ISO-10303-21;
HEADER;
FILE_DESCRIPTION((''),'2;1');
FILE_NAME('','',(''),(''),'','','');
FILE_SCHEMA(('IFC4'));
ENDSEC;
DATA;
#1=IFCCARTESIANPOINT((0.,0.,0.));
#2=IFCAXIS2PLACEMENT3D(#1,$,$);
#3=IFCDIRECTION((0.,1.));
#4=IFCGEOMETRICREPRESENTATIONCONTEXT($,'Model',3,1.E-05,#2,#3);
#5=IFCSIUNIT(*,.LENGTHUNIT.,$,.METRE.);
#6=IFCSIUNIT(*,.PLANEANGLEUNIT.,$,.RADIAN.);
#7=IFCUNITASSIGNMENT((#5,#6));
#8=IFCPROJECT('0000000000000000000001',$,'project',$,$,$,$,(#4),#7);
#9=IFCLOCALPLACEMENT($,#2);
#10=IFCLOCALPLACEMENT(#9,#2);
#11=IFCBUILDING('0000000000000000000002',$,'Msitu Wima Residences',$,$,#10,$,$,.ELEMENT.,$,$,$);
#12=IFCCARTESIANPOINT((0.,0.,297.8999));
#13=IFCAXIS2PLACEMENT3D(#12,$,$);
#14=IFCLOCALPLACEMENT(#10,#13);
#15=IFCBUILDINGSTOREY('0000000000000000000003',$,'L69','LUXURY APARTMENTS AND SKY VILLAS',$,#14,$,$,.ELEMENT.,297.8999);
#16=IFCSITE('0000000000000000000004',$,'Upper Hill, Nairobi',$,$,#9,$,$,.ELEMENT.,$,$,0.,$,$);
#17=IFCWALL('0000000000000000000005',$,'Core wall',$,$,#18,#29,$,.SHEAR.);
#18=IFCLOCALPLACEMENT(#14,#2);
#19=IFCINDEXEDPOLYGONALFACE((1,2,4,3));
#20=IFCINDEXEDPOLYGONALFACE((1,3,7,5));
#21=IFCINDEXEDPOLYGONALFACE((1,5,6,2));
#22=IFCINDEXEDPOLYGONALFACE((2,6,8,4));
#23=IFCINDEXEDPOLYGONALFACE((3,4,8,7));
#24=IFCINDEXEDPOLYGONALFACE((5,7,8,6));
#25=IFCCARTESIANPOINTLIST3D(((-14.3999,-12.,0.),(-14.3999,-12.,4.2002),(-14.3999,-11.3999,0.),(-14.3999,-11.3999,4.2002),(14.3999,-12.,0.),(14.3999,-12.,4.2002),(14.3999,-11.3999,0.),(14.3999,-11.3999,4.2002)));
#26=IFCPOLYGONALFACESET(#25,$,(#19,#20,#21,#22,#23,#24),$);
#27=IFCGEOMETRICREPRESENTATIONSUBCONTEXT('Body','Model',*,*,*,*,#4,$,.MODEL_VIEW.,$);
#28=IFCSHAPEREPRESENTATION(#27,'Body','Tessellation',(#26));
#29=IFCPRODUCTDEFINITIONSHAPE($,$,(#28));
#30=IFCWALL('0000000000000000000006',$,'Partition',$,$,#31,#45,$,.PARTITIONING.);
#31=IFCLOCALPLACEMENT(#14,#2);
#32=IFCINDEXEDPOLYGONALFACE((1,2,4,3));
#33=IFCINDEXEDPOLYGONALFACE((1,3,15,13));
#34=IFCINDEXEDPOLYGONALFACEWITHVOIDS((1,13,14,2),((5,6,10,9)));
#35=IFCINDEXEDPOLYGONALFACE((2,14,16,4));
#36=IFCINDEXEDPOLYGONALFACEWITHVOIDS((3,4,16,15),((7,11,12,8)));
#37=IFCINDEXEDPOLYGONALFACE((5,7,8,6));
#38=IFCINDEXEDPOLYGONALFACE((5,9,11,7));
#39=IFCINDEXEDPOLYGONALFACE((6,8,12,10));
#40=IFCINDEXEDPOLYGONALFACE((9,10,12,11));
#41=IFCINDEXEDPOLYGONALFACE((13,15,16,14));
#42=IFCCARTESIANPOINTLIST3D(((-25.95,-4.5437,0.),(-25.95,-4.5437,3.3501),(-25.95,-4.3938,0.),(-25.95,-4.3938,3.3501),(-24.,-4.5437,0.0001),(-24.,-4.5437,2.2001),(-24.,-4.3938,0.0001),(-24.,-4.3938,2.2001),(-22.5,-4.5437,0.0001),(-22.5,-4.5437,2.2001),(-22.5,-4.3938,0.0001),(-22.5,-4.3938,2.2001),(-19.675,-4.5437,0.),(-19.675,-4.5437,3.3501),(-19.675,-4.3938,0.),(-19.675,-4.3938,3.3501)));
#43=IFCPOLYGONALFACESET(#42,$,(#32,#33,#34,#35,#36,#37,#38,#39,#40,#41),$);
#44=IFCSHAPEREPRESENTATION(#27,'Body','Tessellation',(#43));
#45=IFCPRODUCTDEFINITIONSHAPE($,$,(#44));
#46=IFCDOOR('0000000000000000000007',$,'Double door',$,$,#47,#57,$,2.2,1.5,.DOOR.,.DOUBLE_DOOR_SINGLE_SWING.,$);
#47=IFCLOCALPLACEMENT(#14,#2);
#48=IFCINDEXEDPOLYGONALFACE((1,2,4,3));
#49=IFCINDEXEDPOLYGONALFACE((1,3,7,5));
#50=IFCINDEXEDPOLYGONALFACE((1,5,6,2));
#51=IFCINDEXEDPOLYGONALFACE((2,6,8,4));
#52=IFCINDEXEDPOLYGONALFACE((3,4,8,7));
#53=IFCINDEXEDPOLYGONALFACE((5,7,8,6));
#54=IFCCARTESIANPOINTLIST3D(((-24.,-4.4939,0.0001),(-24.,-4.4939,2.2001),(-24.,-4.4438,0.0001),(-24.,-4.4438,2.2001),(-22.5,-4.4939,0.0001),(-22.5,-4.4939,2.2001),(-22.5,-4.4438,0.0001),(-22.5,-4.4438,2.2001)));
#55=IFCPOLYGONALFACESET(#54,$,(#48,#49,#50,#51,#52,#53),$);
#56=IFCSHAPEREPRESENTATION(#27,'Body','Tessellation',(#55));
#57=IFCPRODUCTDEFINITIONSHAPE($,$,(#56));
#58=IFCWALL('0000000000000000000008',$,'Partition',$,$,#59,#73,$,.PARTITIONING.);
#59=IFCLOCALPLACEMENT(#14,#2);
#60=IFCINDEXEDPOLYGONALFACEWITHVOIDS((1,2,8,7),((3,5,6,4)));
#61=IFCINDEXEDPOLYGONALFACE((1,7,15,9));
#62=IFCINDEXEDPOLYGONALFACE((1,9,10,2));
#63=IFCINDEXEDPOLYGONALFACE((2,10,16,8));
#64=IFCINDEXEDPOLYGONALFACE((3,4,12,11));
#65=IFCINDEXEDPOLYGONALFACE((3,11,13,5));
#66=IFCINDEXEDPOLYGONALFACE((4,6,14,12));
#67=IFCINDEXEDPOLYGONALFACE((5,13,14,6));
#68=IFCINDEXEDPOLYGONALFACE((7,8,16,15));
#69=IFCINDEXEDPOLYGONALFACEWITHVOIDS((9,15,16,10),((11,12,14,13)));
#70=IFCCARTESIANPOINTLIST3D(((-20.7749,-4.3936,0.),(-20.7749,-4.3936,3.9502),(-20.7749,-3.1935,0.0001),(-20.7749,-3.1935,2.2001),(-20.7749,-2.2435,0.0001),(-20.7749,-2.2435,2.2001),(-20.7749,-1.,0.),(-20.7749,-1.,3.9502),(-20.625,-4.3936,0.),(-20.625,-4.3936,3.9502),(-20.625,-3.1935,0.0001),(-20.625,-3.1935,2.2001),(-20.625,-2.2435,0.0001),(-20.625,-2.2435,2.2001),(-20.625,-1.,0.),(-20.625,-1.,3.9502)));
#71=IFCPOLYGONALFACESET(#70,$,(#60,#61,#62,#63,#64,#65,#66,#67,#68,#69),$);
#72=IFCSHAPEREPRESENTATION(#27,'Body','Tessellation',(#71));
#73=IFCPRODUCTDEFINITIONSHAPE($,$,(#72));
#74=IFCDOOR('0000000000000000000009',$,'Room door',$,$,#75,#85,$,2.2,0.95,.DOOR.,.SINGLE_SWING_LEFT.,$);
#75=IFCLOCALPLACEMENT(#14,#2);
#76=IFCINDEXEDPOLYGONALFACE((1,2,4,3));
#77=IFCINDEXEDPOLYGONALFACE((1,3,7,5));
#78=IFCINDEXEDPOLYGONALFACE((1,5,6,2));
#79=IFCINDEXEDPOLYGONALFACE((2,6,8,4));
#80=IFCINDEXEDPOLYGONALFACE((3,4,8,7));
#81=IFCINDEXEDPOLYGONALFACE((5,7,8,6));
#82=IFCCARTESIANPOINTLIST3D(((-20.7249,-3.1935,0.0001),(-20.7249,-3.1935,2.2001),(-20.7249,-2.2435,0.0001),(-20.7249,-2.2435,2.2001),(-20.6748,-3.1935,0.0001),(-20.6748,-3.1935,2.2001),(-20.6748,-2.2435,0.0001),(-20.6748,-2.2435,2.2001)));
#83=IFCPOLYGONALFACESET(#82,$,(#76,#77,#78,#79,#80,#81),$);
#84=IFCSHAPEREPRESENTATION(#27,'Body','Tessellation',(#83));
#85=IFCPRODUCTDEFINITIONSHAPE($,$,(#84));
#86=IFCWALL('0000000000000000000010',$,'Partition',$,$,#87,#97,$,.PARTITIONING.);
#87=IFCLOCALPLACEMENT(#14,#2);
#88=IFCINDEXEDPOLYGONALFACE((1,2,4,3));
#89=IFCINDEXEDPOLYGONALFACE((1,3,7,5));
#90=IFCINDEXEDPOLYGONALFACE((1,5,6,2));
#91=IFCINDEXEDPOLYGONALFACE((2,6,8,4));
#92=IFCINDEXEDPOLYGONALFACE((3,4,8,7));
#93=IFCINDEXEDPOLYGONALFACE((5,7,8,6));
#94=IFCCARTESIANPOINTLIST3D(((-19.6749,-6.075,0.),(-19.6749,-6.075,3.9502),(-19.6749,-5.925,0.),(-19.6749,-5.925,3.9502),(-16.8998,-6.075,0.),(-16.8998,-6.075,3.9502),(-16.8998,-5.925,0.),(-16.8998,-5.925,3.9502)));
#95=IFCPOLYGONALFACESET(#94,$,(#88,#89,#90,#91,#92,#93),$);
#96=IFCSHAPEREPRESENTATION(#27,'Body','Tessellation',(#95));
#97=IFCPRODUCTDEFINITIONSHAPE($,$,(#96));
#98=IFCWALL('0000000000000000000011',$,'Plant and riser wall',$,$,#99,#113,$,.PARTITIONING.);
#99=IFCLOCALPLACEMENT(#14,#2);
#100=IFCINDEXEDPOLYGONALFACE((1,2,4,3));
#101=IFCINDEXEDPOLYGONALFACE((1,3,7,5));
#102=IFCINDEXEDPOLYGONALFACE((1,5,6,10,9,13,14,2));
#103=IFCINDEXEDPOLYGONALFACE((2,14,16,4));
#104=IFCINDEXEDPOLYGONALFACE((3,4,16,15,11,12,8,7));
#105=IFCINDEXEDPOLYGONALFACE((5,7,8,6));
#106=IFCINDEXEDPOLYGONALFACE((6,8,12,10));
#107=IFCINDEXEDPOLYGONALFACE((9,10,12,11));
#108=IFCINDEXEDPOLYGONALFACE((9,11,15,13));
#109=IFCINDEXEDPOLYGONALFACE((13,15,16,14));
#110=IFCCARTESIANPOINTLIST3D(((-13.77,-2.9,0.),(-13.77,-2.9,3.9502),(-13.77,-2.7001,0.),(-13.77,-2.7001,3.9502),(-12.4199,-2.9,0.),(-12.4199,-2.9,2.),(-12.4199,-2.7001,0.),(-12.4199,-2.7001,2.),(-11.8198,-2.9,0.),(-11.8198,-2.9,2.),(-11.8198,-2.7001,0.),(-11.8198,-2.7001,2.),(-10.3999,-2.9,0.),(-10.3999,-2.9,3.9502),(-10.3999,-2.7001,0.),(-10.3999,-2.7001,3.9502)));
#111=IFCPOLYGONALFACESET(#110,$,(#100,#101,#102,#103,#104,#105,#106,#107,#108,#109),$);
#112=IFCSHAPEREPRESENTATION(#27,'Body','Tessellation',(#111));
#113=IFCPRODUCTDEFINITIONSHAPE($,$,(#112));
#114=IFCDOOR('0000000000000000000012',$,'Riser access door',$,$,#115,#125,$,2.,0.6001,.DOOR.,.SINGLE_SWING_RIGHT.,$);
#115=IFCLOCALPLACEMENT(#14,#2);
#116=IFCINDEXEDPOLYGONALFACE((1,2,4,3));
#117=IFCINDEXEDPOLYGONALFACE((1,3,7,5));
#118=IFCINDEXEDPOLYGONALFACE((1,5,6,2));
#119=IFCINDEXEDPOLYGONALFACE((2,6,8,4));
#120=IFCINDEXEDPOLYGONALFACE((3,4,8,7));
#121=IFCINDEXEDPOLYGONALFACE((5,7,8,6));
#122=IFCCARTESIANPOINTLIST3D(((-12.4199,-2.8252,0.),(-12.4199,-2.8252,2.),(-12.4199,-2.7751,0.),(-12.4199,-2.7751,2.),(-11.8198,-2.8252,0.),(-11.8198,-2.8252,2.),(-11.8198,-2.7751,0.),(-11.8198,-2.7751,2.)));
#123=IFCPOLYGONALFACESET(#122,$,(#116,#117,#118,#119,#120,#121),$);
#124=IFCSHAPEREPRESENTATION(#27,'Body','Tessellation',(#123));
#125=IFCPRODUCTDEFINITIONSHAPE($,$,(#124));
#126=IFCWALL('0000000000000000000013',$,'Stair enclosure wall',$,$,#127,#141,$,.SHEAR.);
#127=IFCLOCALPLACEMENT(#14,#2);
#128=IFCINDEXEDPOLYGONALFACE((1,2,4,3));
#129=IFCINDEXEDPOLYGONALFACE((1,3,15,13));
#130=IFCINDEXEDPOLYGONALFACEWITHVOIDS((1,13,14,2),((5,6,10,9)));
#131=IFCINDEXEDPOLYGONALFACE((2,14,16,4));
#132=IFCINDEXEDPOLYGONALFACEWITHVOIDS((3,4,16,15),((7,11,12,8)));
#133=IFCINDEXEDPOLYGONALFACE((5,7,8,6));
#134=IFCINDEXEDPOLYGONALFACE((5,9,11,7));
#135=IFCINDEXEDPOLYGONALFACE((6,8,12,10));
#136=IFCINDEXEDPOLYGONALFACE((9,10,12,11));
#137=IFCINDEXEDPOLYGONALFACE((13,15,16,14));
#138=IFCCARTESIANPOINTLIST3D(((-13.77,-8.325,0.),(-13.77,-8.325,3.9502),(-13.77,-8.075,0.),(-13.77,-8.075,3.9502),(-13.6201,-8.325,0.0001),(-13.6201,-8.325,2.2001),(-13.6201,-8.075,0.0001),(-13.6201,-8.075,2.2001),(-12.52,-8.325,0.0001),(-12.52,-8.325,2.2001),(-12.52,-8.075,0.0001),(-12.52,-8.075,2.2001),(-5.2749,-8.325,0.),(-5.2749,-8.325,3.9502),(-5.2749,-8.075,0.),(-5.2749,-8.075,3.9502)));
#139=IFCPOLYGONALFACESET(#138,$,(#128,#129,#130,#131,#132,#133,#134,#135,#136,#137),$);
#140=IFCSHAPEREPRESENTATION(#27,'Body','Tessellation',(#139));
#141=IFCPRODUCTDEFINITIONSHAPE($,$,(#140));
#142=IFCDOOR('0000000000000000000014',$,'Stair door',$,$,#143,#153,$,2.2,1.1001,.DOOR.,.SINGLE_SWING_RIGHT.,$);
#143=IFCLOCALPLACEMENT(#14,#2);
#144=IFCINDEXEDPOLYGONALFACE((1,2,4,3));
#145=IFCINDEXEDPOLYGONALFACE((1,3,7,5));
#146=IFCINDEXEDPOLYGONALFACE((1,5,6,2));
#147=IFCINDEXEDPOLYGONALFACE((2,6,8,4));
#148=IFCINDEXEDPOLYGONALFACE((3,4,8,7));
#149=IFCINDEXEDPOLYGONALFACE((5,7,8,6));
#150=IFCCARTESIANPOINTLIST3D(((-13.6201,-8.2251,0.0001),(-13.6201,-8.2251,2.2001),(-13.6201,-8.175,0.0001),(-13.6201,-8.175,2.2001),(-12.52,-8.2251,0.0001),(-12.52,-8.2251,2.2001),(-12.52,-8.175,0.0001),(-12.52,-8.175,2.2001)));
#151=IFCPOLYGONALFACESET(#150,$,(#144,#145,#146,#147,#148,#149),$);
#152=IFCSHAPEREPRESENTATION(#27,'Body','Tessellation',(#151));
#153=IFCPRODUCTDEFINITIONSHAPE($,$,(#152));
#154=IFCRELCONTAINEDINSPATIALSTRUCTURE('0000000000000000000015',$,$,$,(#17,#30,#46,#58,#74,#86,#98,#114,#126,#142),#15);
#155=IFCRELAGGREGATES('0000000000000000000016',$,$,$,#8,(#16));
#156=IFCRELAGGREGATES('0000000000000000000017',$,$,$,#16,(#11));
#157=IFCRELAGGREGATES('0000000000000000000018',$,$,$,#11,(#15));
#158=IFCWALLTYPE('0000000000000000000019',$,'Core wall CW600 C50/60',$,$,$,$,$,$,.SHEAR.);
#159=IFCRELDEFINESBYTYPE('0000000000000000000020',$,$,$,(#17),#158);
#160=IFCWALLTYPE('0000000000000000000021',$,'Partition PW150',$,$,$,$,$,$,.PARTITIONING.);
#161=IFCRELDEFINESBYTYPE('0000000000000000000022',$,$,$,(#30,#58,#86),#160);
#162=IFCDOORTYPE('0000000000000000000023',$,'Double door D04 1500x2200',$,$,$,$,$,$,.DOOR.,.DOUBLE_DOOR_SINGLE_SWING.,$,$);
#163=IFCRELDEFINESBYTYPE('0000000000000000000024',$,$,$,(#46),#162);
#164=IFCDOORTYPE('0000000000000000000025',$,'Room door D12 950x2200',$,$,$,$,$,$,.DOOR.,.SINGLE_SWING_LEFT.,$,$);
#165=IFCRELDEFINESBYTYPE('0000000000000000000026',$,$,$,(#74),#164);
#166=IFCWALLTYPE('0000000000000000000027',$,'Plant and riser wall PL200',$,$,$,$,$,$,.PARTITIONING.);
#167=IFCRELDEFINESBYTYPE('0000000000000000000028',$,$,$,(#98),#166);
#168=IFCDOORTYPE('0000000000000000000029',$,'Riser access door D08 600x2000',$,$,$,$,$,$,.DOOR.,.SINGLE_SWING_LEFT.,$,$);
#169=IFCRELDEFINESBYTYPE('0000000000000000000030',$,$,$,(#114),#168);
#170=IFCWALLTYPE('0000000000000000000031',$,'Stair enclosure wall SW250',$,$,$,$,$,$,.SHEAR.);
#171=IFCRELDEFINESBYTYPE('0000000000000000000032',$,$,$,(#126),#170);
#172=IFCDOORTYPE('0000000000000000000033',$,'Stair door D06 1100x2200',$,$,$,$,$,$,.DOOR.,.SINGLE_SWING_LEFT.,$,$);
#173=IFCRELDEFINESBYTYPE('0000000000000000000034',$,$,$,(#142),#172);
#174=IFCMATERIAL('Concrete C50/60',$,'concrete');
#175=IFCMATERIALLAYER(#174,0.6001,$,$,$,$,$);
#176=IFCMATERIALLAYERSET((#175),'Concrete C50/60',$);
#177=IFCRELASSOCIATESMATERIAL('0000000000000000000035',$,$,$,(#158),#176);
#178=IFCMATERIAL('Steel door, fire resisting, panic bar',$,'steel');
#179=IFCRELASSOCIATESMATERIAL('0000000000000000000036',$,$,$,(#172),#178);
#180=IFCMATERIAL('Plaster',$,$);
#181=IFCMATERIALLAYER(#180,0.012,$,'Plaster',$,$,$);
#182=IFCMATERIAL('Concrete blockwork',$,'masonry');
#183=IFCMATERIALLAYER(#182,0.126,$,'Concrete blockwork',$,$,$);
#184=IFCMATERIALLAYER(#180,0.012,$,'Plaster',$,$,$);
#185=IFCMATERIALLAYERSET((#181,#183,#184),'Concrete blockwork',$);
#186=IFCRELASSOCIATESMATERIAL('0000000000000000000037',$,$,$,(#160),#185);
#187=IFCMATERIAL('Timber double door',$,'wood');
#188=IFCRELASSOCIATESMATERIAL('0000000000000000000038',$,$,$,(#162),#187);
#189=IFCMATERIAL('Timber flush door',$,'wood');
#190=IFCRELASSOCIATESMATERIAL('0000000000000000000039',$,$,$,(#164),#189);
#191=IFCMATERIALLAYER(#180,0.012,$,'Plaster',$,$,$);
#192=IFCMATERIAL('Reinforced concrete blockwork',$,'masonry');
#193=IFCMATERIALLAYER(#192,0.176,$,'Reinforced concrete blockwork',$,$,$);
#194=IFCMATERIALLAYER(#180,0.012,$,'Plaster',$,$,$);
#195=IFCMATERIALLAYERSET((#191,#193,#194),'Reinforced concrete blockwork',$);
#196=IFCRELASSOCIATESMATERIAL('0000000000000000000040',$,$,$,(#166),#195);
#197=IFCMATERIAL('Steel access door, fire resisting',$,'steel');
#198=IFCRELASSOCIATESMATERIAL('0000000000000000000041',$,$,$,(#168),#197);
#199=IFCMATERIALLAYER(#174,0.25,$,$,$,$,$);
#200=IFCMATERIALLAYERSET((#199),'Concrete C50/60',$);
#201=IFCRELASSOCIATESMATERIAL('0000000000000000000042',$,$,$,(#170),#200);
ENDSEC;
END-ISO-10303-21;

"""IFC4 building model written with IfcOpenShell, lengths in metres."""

from ifc_helpers import new_model, si_unit, direction, frame, frame_2d, origin, place, context, subcontext, project, spatial, rectangle, extrude, material, layer, layer_set, type_object, element, fill, save


model = new_model("IFC4")

# Units and contexts
model_context = context("Model", 3, precision=1e-05, world=origin(), true_north=direction((0.0, 1.0)))
body_context = subcontext(model_context, "Body", "Model", "MODEL_VIEW")
ifc_project = project(units=[si_unit("LENGTHUNIT", "METRE"), si_unit("PLANEANGLEUNIT", "RADIAN")], contexts=[model_context])

# Site, building, storey
site_placement = place(None, origin())
site = spatial("IfcSite", under=ifc_project, at=site_placement, Name="Upper Hill, Nairobi", CompositionType="ELEMENT", RefElevation=0.0)
building_placement = place(site_placement, origin())
building = spatial("IfcBuilding", under=site, at=building_placement, Name="Msitu Wima Residences", CompositionType="ELEMENT")
storey_placement = place(building_placement, frame((0.0, 0.0, 297.8999)))
storey = spatial("IfcBuildingStorey", under=building, at=storey_placement, Name="L69", Description="LUXURY APARTMENTS AND SKY VILLAS", CompositionType="ELEMENT", Elevation=297.8999)

# Shared definitions
ifc_material_1 = material(Name="Concrete C50/60", Category="concrete")

# Wall
ifc_layer_1 = layer(ifc_material_1, 0.6001)
ifc_layer_set_1 = layer_set([ifc_layer_1], Name="Concrete C50/60")
wall_type_1 = type_object("IfcWallType", Name="Core wall CW600 C50/60", PredefinedType="SHEAR", material=ifc_layer_set_1)
wall_1_placement = place(storey_placement, frame((-14.3999, -11.7, 0.0), z_axis=(0.0, 0.0, 1.0), x_axis=(1.0, 0.0, 0.0)))
element("IfcWall", 1, at=wall_1_placement, inside=storey, type_object=wall_type_1, Name="Core wall", PredefinedType="SHEAR", context=body_context, shape_type="SweptSolid", body=[
    extrude(rectangle(XDim=28.7998, YDim=0.6001, at=frame_2d((14.3999, 0.0))), origin(), (0.0, 0.0, 1.0), 4.2002),
])

# Shared definitions
ifc_material_2 = material(Name="Steel door, fire resisting, panic bar", Category="steel")
door_type_1 = type_object("IfcDoorType", Name="Stair door D06 1100x2200", OperationType="SINGLE_SWING_LEFT", PredefinedType="DOOR", material=ifc_material_2)

# Walls, openings, doors
ifc_material_3 = material(Name="Plaster")
ifc_layer_2 = layer(ifc_material_3, 0.012, Name="Plaster")
ifc_material_4 = material(Name="Concrete blockwork", Category="masonry")
ifc_layer_3 = layer(ifc_material_4, 0.126, Name="Concrete blockwork")
ifc_layer_4 = layer(ifc_material_3, 0.012, Name="Plaster")
ifc_layer_set_2 = layer_set([ifc_layer_2, ifc_layer_3, ifc_layer_4], Name="Concrete blockwork")
wall_type_2 = type_object("IfcWallType", Name="Partition PW150", PredefinedType="PARTITIONING", material=ifc_layer_set_2)
wall_2_placement = place(storey_placement, frame((-25.95, -4.4688, 0.0), z_axis=(0.0, 0.0, 1.0), x_axis=(1.0, 0.0, 0.0)))
wall_2 = element("IfcWall", 2, at=wall_2_placement, inside=storey, type_object=wall_type_2, Name="Partition", PredefinedType="PARTITIONING", context=body_context, shape_type="SweptSolid", body=[
    extrude(rectangle(XDim=6.2749, YDim=0.1499, at=frame_2d((3.1375, 0.0))), origin(), (0.0, 0.0, 1.0), 3.3501),
])
opening_1_placement = place(wall_2_placement, frame((1.95, 0.0, 0.0)))
opening_1 = element("IfcOpeningElement", 3, at=opening_1_placement, cuts=wall_2, PredefinedType="OPENING", context=body_context, shape_type="SweptSolid", body=[
    extrude(rectangle(XDim=1.5, YDim=2.2, at=frame_2d((0.75, 1.1001))), frame((0.0, 0.085, 0.0), z_axis=(0.0, -1.0, 0.0), x_axis=(1.0, 0.0, 0.0)), (0.0, 0.0, 1.0), 0.1699),
])
ifc_material_5 = material(Name="Timber double door", Category="wood")
door_type_2 = type_object("IfcDoorType", Name="Double door D04 1500x2200", OperationType="DOUBLE_DOOR_SINGLE_SWING", PredefinedType="DOOR", material=ifc_material_5)
door_1_placement = place(opening_1_placement, origin())
door_1 = element("IfcDoor", 4, at=door_1_placement, inside=storey, type_object=door_type_2, Name="Double door", OperationType="DOUBLE_DOOR_SINGLE_SWING", OverallHeight=2.2, OverallWidth=1.5, PredefinedType="DOOR", context=body_context, shape_type="SweptSolid", body=[
    extrude(rectangle(XDim=1.5, YDim=2.2, at=frame_2d((0.75, 1.1001))), frame((0.0, 0.0249, 0.0), z_axis=(0.0, -1.0, 0.0), x_axis=(1.0, 0.0, 0.0)), (0.0, 0.0, 1.0), 0.05),
])
fill(opening_1, door_1)
wall_3_placement = place(storey_placement, frame((-20.7, -4.3936, 0.0), z_axis=(0.0, 0.0, 1.0), x_axis=(0.0, 1.0, 0.0)))
wall_3 = element("IfcWall", 5, at=wall_3_placement, inside=storey, type_object=wall_type_2, Name="Partition", PredefinedType="PARTITIONING", context=body_context, shape_type="SweptSolid", body=[
    extrude(rectangle(XDim=3.3936, YDim=0.1499, at=frame_2d((1.6968, 0.0))), origin(), (0.0, 0.0, 1.0), 3.9502),
])
opening_2_placement = place(wall_3_placement, frame((1.2, 0.0, 0.0)))
opening_2 = element("IfcOpeningElement", 6, at=opening_2_placement, cuts=wall_3, PredefinedType="OPENING", context=body_context, shape_type="SweptSolid", body=[
    extrude(rectangle(XDim=0.95, YDim=2.2, at=frame_2d((0.4751, 1.1001))), frame((0.0, 0.085, 0.0), z_axis=(0.0, -1.0, 0.0), x_axis=(1.0, 0.0, 0.0)), (0.0, 0.0, 1.0), 0.1699),
])
ifc_material_6 = material(Name="Timber flush door", Category="wood")
door_type_3 = type_object("IfcDoorType", Name="Room door D12 950x2200", OperationType="SINGLE_SWING_LEFT", PredefinedType="DOOR", material=ifc_material_6)
door_2_placement = place(opening_2_placement, origin())
door_2 = element("IfcDoor", 7, at=door_2_placement, inside=storey, type_object=door_type_3, Name="Room door", OperationType="SINGLE_SWING_LEFT", OverallHeight=2.2, OverallWidth=0.95, PredefinedType="DOOR", context=body_context, shape_type="SweptSolid", body=[
    extrude(rectangle(XDim=0.95, YDim=2.2, at=frame_2d((0.4751, 1.1001))), frame((0.0, 0.0249, 0.0), z_axis=(0.0, -1.0, 0.0), x_axis=(1.0, 0.0, 0.0)), (0.0, 0.0, 1.0), 0.05),
])
fill(opening_2, door_2)

# Wall
wall_4_placement = place(storey_placement, frame((-19.675, -6.0, 0.0), z_axis=(0.0, 0.0, 1.0), x_axis=(1.0, 0.0, 0.0)))
element("IfcWall", 8, at=wall_4_placement, inside=storey, type_object=wall_type_2, Name="Partition", PredefinedType="PARTITIONING", context=body_context, shape_type="SweptSolid", body=[
    extrude(rectangle(XDim=2.7751, YDim=0.1499, at=frame_2d((1.3877, 0.0))), origin(), (0.0, 0.0, 1.0), 3.9502),
])

# Walls, openings, doors
ifc_layer_5 = layer(ifc_material_3, 0.012, Name="Plaster")
ifc_material_7 = material(Name="Reinforced concrete blockwork", Category="masonry")
ifc_layer_6 = layer(ifc_material_7, 0.176, Name="Reinforced concrete blockwork")
ifc_layer_7 = layer(ifc_material_3, 0.012, Name="Plaster")
ifc_layer_set_3 = layer_set([ifc_layer_5, ifc_layer_6, ifc_layer_7], Name="Reinforced concrete blockwork")
wall_type_3 = type_object("IfcWallType", Name="Plant and riser wall PL200", PredefinedType="PARTITIONING", material=ifc_layer_set_3)
wall_5_placement = place(storey_placement, frame((-13.77, -2.8, 0.0), z_axis=(0.0, 0.0, 1.0), x_axis=(1.0, 0.0, 0.0)))
wall_5 = element("IfcWall", 9, at=wall_5_placement, inside=storey, type_object=wall_type_3, Name="Plant and riser wall", PredefinedType="PARTITIONING", context=body_context, shape_type="SweptSolid", body=[
    extrude(rectangle(XDim=3.3701, YDim=0.2, at=frame_2d((1.6851, 0.0))), origin(), (0.0, 0.0, 1.0), 3.9502),
])
opening_3_placement = place(wall_5_placement, frame((1.3501, 0.0, 0.0)))
opening_3 = element("IfcOpeningElement", 10, at=opening_3_placement, cuts=wall_5, PredefinedType="OPENING", context=body_context, shape_type="SweptSolid", body=[
    extrude(rectangle(XDim=0.6001, YDim=2.0, at=frame_2d((0.3, 1.0))), frame((0.0, 0.1099, 0.0), z_axis=(0.0, -1.0, 0.0), x_axis=(1.0, 0.0, 0.0)), (0.0, 0.0, 1.0), 0.22),
])
ifc_material_8 = material(Name="Steel access door, fire resisting", Category="steel")
door_type_4 = type_object("IfcDoorType", Name="Riser access door D08 600x2000", OperationType="SINGLE_SWING_LEFT", PredefinedType="DOOR", material=ifc_material_8)
door_3_placement = place(opening_3_placement, origin())
door_3 = element("IfcDoor", 11, at=door_3_placement, inside=storey, type_object=door_type_4, Name="Riser access door", OperationType="SINGLE_SWING_RIGHT", OverallHeight=2.0, OverallWidth=0.6001, PredefinedType="DOOR", context=body_context, shape_type="SweptSolid", body=[
    extrude(rectangle(XDim=0.6001, YDim=2.0, at=frame_2d((0.3, 1.0))), frame((0.0, 0.0249, 0.0), z_axis=(0.0, -1.0, 0.0), x_axis=(1.0, 0.0, 0.0)), (0.0, 0.0, 1.0), 0.05),
])
fill(opening_3, door_3)
ifc_layer_8 = layer(ifc_material_1, 0.25)
ifc_layer_set_4 = layer_set([ifc_layer_8], Name="Concrete C50/60")
wall_type_4 = type_object("IfcWallType", Name="Stair enclosure wall SW250", PredefinedType="SHEAR", material=ifc_layer_set_4)
wall_6_placement = place(storey_placement, frame((-13.77, -8.2, 0.0), z_axis=(0.0, 0.0, 1.0), x_axis=(1.0, 0.0, 0.0)))
wall_6 = element("IfcWall", 12, at=wall_6_placement, inside=storey, type_object=wall_type_4, Name="Stair enclosure wall", PredefinedType="SHEAR", context=body_context, shape_type="SweptSolid", body=[
    extrude(rectangle(XDim=8.4951, YDim=0.25, at=frame_2d((4.2476, 0.0))), origin(), (0.0, 0.0, 1.0), 3.9502),
])
opening_4_placement = place(wall_6_placement, frame((0.1499, 0.0, 0.0)))
opening_4 = element("IfcOpeningElement", 13, at=opening_4_placement, cuts=wall_6, PredefinedType="OPENING", context=body_context, shape_type="SweptSolid", body=[
    extrude(rectangle(XDim=1.1001, YDim=2.2, at=frame_2d((0.55, 1.1001))), frame((0.0, 0.135, 0.0), z_axis=(0.0, -1.0, 0.0), x_axis=(1.0, 0.0, 0.0)), (0.0, 0.0, 1.0), 0.27),
])
door_4_placement = place(opening_4_placement, origin())
door_4 = element("IfcDoor", 14, at=door_4_placement, inside=storey, type_object=door_type_1, Name="Stair door", OperationType="SINGLE_SWING_RIGHT", OverallHeight=2.2, OverallWidth=1.1001, PredefinedType="DOOR", context=body_context, shape_type="SweptSolid", body=[
    extrude(rectangle(XDim=1.1001, YDim=2.2, at=frame_2d((0.55, 1.1001))), frame((0.0, 0.0249, 0.0), z_axis=(0.0, -1.0, 0.0), x_axis=(1.0, 0.0, 0.0)), (0.0, 0.0, 1.0), 0.05),
])
fill(opening_4, door_4)

save(model, "model.ifc")
